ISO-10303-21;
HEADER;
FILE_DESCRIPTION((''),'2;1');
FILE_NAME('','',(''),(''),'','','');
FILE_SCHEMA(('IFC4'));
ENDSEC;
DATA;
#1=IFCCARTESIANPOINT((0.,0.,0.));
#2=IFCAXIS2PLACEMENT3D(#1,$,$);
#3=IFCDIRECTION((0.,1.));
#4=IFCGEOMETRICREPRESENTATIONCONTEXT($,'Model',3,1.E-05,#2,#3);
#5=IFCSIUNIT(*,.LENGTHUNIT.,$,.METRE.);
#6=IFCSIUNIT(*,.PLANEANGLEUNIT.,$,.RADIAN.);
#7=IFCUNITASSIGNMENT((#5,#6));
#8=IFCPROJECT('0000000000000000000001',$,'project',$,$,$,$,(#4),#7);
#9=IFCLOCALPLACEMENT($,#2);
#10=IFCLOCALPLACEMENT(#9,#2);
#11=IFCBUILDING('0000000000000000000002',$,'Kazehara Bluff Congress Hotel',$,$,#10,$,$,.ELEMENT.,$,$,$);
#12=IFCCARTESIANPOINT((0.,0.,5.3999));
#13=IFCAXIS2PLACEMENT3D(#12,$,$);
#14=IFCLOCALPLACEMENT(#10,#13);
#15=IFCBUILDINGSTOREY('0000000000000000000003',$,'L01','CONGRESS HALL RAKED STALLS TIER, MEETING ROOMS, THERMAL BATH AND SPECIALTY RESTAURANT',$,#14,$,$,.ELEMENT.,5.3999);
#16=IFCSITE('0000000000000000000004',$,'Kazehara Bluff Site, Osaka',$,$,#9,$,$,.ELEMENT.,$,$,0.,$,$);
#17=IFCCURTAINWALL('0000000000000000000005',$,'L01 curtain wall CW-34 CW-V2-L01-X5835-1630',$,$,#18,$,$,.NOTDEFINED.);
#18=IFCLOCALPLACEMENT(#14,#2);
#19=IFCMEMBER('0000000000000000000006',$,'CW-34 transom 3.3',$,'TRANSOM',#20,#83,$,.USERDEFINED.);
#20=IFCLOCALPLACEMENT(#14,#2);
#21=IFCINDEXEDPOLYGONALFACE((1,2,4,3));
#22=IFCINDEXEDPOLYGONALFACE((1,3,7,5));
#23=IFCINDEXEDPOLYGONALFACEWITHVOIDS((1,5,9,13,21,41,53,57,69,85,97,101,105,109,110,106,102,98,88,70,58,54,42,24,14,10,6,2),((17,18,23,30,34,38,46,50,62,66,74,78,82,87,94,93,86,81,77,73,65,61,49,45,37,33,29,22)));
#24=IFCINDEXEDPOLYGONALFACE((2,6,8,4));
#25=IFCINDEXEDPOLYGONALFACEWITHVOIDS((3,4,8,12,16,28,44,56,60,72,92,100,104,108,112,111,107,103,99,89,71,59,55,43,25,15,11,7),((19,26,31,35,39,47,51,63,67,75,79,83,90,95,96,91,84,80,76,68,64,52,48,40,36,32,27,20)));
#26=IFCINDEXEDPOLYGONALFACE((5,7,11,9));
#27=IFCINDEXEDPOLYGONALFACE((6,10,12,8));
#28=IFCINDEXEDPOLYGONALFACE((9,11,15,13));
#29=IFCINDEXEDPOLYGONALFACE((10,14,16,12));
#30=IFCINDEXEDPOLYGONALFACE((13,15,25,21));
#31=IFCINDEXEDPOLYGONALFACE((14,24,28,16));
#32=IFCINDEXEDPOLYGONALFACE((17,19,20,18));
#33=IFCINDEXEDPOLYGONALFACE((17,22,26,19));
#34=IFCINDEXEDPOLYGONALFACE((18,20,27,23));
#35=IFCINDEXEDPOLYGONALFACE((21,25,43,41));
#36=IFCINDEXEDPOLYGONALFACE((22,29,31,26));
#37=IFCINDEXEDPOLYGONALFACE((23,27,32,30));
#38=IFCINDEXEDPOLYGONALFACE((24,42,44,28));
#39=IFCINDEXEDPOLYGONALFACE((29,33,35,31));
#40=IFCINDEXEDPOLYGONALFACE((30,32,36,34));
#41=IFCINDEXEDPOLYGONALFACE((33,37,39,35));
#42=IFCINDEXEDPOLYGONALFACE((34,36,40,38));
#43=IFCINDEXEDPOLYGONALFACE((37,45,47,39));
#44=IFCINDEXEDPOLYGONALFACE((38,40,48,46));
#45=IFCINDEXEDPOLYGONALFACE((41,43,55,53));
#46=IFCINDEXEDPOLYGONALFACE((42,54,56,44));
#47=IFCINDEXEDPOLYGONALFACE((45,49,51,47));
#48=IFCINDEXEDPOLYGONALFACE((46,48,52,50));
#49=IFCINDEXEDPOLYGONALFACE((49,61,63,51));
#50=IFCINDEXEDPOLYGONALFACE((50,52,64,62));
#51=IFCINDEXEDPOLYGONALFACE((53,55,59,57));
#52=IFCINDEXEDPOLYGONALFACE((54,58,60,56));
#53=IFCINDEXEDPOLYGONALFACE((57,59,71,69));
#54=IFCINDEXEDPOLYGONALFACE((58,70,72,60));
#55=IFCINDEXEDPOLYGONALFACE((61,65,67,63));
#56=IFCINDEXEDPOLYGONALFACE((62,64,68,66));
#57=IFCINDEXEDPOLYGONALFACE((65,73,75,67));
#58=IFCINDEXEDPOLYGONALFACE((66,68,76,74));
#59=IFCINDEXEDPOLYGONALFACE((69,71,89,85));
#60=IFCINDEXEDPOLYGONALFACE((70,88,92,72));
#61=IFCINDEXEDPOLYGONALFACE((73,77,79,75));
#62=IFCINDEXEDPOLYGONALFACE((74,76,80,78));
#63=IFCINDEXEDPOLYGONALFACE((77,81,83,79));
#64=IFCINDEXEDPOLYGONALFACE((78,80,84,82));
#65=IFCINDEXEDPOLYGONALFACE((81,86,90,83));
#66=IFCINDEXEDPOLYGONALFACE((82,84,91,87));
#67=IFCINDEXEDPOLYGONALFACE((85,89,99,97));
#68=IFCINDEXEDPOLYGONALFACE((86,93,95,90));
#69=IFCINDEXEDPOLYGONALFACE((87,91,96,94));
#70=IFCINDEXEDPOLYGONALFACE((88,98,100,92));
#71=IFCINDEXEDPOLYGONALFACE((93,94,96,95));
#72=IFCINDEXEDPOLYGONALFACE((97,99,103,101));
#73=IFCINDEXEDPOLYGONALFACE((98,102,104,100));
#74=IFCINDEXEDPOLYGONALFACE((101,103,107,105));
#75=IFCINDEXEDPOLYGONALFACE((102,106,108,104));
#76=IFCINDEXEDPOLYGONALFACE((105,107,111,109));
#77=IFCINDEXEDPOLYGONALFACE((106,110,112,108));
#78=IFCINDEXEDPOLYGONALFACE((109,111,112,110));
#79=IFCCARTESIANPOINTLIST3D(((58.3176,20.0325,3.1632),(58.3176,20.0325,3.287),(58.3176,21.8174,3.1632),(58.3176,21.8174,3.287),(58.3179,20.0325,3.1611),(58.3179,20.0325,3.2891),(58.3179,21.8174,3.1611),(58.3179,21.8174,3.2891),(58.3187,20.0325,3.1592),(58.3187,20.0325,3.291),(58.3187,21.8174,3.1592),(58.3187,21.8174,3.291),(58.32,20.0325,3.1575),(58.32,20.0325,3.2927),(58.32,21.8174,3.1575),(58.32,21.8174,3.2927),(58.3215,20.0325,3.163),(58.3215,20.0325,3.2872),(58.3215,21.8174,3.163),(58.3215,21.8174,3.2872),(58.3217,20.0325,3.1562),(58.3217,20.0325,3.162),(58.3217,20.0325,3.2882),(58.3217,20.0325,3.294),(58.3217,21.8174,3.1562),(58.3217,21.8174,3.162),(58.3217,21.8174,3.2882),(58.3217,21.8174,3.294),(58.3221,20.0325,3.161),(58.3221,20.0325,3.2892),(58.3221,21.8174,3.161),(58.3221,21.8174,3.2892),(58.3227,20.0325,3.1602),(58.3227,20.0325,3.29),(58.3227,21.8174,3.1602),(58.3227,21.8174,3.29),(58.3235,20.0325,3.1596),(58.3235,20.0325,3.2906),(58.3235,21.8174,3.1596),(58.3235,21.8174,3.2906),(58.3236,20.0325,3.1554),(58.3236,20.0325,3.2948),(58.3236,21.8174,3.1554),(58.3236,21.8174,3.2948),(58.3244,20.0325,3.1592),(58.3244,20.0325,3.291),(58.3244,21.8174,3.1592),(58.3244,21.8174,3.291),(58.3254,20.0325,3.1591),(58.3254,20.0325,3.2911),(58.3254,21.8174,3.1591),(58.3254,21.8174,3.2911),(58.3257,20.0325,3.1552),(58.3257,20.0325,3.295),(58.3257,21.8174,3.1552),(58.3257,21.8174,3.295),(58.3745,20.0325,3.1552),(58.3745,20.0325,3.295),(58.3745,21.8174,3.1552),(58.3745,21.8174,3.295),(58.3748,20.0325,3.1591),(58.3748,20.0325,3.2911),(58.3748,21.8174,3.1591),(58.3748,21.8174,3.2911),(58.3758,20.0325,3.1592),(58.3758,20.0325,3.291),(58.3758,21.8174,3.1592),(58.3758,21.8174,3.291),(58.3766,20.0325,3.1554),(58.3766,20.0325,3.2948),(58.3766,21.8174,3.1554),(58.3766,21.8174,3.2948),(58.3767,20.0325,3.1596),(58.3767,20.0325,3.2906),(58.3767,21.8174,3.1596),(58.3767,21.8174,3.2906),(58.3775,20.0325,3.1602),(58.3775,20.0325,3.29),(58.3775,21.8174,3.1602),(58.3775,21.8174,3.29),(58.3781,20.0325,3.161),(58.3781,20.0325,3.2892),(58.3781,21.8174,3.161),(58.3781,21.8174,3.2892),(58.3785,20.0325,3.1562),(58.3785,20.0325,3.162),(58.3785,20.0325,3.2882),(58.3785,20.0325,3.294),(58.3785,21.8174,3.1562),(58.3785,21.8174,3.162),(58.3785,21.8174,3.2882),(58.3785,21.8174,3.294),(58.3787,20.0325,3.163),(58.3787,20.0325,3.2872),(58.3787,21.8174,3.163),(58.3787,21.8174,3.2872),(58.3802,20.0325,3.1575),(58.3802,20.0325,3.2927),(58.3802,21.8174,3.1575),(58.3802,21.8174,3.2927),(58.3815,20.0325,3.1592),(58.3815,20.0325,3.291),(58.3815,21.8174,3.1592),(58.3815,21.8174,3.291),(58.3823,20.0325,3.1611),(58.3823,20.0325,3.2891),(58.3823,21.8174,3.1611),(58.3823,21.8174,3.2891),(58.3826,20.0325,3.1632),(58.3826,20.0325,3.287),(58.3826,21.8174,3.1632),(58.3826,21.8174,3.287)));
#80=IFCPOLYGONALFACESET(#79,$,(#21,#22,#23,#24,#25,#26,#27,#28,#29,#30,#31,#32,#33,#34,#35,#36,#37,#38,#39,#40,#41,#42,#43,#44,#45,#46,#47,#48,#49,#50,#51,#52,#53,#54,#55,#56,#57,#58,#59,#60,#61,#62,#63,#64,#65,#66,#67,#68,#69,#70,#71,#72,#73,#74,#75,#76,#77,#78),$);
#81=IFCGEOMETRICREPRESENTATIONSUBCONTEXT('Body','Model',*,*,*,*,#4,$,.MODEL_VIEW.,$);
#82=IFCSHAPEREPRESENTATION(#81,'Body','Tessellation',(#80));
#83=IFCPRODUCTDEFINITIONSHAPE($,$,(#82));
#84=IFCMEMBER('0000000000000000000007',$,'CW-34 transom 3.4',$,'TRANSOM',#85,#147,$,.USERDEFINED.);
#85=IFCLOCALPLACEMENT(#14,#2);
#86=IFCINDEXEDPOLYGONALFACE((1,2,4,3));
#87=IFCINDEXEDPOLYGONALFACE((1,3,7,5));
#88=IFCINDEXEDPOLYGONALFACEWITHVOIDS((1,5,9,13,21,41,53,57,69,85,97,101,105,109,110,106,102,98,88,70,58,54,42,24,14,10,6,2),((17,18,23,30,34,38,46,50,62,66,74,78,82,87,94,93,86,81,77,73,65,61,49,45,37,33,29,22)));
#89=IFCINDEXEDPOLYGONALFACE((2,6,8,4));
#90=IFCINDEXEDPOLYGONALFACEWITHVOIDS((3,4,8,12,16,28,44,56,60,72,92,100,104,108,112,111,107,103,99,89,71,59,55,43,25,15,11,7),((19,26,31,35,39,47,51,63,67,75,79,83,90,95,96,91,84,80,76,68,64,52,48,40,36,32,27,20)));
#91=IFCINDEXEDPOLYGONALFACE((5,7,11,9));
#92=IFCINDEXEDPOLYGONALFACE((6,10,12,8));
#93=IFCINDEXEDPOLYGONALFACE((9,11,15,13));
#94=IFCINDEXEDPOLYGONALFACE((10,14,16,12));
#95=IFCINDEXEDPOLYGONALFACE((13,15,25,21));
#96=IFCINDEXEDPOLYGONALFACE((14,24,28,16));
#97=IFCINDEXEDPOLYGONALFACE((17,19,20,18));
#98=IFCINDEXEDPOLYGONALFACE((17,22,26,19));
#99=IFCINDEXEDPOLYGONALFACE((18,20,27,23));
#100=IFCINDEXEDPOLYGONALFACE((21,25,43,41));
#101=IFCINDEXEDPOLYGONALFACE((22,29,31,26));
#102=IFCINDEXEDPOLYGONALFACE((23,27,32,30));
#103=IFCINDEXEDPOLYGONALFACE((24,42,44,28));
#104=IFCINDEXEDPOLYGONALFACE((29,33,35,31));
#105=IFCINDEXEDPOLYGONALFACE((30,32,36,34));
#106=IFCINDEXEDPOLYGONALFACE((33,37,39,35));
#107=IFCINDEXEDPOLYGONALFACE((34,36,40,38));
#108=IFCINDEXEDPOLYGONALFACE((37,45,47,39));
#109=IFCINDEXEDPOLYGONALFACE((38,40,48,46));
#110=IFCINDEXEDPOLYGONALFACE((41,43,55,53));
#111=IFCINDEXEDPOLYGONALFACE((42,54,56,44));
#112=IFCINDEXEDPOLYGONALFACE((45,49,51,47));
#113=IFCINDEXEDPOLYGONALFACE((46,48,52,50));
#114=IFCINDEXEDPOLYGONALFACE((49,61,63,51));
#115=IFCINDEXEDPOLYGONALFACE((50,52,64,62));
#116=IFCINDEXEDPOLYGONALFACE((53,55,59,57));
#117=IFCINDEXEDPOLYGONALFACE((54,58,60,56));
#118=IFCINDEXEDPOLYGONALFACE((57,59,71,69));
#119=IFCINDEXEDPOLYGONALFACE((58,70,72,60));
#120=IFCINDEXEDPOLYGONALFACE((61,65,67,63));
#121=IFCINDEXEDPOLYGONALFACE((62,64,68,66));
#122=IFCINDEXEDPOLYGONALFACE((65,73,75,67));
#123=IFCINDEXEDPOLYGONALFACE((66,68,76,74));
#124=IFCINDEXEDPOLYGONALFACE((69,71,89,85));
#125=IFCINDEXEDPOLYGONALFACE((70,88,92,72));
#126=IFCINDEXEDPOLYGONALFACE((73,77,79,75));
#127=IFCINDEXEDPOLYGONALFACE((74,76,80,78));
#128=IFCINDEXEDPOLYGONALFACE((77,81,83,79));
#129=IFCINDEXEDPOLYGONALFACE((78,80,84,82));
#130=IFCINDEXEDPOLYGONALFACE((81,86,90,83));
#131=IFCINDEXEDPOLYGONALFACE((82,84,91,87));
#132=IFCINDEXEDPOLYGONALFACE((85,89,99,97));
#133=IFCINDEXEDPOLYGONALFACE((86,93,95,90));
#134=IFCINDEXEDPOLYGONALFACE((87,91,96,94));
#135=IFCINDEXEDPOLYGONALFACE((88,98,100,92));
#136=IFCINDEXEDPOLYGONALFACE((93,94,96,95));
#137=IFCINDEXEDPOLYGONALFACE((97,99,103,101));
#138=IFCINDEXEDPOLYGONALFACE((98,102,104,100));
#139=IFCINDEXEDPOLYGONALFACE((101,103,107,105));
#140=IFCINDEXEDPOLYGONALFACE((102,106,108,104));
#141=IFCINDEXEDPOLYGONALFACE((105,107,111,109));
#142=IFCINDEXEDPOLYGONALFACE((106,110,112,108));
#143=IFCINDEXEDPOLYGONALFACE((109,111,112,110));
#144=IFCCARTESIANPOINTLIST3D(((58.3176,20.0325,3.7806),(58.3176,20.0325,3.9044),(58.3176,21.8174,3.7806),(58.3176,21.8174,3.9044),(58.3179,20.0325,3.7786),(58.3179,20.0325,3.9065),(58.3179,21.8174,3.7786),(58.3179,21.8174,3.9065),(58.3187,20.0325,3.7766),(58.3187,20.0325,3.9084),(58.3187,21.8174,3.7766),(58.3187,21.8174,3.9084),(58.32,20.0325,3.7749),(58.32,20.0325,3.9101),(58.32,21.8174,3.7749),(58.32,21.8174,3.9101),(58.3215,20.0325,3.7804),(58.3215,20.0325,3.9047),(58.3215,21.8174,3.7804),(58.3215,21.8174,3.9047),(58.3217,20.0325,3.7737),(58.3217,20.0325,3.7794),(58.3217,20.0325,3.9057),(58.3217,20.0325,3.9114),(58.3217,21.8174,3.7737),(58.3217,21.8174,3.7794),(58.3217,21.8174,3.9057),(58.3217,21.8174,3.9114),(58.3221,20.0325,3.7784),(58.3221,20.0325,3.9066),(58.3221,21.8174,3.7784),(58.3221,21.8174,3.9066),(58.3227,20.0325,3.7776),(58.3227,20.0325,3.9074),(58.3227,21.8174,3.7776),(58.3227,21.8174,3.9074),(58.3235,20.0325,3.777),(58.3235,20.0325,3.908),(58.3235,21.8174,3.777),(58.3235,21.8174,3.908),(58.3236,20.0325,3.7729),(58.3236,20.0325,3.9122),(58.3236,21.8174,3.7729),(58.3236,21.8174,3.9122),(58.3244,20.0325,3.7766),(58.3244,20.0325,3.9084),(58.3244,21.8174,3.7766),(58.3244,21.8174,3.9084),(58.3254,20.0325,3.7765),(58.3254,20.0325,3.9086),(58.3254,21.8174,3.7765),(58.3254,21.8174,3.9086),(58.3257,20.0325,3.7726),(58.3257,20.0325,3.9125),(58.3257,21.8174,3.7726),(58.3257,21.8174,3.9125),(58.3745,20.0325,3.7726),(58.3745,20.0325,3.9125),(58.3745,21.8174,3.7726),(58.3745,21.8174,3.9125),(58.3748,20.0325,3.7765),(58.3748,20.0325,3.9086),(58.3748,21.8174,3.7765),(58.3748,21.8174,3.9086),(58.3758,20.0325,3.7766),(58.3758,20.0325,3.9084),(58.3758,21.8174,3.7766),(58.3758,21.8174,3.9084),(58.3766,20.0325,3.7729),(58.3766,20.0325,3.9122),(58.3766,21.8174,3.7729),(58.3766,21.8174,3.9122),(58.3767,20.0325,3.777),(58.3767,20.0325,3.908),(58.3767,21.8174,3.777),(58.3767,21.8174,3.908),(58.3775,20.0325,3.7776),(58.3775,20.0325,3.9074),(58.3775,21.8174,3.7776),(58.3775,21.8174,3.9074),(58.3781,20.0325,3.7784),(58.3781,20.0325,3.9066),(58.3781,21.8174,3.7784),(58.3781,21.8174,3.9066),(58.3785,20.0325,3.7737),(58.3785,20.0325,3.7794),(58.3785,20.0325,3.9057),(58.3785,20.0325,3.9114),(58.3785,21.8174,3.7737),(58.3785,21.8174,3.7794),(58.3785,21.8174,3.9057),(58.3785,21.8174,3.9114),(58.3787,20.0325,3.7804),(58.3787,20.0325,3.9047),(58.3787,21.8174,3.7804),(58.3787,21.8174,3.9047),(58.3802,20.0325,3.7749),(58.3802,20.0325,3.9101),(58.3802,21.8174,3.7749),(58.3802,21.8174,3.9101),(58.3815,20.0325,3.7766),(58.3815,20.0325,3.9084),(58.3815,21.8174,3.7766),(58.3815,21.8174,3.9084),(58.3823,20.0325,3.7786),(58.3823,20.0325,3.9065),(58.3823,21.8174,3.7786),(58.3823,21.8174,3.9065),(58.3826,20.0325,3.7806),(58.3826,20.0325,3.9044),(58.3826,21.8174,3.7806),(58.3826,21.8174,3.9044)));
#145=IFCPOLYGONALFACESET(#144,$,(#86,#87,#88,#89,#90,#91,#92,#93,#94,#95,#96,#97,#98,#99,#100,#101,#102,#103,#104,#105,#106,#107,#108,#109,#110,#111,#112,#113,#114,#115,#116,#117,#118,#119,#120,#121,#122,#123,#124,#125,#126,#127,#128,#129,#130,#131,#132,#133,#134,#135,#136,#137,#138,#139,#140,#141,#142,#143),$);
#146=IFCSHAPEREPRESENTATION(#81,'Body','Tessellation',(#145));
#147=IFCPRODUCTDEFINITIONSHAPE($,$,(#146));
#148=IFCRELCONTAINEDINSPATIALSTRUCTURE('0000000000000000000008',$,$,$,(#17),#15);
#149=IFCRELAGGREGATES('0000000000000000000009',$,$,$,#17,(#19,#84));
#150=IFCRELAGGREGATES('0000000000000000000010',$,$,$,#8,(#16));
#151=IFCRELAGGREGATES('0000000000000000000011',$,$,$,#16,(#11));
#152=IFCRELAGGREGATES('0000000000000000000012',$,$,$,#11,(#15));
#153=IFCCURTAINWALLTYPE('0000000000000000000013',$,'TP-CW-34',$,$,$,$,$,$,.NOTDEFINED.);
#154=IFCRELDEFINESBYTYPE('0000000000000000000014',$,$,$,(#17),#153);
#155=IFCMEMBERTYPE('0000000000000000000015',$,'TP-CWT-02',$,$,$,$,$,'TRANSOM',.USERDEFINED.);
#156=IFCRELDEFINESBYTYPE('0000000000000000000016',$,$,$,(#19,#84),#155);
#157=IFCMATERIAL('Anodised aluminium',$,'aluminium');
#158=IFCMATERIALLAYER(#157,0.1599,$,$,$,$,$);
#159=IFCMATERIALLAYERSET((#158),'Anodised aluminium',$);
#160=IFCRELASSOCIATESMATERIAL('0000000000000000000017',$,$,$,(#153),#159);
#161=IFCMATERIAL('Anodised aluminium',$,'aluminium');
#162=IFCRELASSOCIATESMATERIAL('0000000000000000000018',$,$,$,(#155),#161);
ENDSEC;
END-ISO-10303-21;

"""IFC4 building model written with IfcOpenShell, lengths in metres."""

from ifc_helpers import new_model, si_unit, direction, frame, origin, origin_2d, place, context, subcontext, project, spatial, hollow_rectangle, extrude, material, layer, layer_set, material_profile, profile_set, type_object, element, aggregate, save


model = new_model("IFC4")

# Units and contexts
model_context = context("Model", 3, precision=1e-05, world=origin(), true_north=direction((0.0, 1.0)))
body_context = subcontext(model_context, "Body", "Model", "MODEL_VIEW")
ifc_project = project(units=[si_unit("LENGTHUNIT", "METRE"), si_unit("PLANEANGLEUNIT", "RADIAN")], contexts=[model_context])

# Site, building, storey
site_placement = place(None, origin())
site = spatial("IfcSite", under=ifc_project, at=site_placement, Name="Kazehara Bluff Site, Osaka", CompositionType="ELEMENT", RefElevation=0.0)
building_placement = place(site_placement, origin())
building = spatial("IfcBuilding", under=site, at=building_placement, Name="Kazehara Bluff Congress Hotel", CompositionType="ELEMENT")
storey_placement = place(building_placement, frame((0.0, 0.0, 5.3999)))
storey = spatial("IfcBuildingStorey", under=building, at=storey_placement, Name="L01", Description="CONGRESS HALL RAKED STALLS TIER, MEETING ROOMS, THERMAL BATH AND SPECIALTY RESTAURANT", CompositionType="ELEMENT", Elevation=5.3999)

# Curtain wall, members
ifc_material_1 = material(Name="Anodised aluminium", Category="aluminium")
ifc_layer_1 = layer(ifc_material_1, 0.1599)
ifc_layer_set_1 = layer_set([ifc_layer_1], Name="Anodised aluminium")
curtain_wall_type = type_object("IfcCurtainWallType", Name="TP-CW-34", PredefinedType="NOTDEFINED", material=ifc_layer_set_1)
curtain_wall_placement = place(storey_placement, origin())
curtain_wall = element("IfcCurtainWall", 1, at=curtain_wall_placement, inside=storey, type_object=curtain_wall_type, Name="L01 curtain wall CW-34 CW-V2-L01-X5835-1630", PredefinedType="NOTDEFINED")
ifc_material_2 = material(Name="Anodised aluminium", Category="aluminium")
ifc_material_profile_1 = material_profile(ifc_material_2, hollow_rectangle(XDim=0.0649, YDim=0.1399, WallThickness=0.0039, InnerFilletRadius=0.0039, OuterFilletRadius=0.0081, at=origin_2d()))
ifc_profile_set_1 = profile_set([ifc_material_profile_1], Name="Anodised aluminium")
member_type_1 = type_object("IfcMemberType", Name="TP-CWT-02", ElementType="TRANSOM", PredefinedType="USERDEFINED", material=ifc_profile_set_1)
member_1_placement = place(storey_placement, frame((58.3501, 20.0325, 3.2251), z_axis=(0.0, 1.0, 0.0), x_axis=(-1.0, 0.0, 0.0)))
member_1 = element("IfcMember", 2, at=member_1_placement, type_object=member_type_1, Name="CW-34 transom 3.3", ObjectType="TRANSOM", PredefinedType="USERDEFINED", context=body_context, shape_type="SweptSolid", body=[
    extrude(hollow_rectangle(XDim=0.0649, YDim=0.1399, WallThickness=0.0039, InnerFilletRadius=0.0039, OuterFilletRadius=0.0081, at=origin_2d()), origin(), (0.0, 0.0, 1.0), 1.7849),
])
member_2_placement = place(storey_placement, frame((58.3501, 20.0325, 3.8425), z_axis=(0.0, 1.0, 0.0), x_axis=(-1.0, 0.0, 0.0)))
member_2 = element("IfcMember", 3, at=member_2_placement, type_object=member_type_1, Name="CW-34 transom 3.4", ObjectType="TRANSOM", PredefinedType="USERDEFINED", context=body_context, shape_type="SweptSolid", body=[
    extrude(hollow_rectangle(XDim=0.0649, YDim=0.1399, WallThickness=0.0039, InnerFilletRadius=0.0039, OuterFilletRadius=0.0081, at=origin_2d()), origin(), (0.0, 0.0, 1.0), 1.7849),
])

aggregate(curtain_wall, [member_1, member_2])

save(model, "model.ifc")
